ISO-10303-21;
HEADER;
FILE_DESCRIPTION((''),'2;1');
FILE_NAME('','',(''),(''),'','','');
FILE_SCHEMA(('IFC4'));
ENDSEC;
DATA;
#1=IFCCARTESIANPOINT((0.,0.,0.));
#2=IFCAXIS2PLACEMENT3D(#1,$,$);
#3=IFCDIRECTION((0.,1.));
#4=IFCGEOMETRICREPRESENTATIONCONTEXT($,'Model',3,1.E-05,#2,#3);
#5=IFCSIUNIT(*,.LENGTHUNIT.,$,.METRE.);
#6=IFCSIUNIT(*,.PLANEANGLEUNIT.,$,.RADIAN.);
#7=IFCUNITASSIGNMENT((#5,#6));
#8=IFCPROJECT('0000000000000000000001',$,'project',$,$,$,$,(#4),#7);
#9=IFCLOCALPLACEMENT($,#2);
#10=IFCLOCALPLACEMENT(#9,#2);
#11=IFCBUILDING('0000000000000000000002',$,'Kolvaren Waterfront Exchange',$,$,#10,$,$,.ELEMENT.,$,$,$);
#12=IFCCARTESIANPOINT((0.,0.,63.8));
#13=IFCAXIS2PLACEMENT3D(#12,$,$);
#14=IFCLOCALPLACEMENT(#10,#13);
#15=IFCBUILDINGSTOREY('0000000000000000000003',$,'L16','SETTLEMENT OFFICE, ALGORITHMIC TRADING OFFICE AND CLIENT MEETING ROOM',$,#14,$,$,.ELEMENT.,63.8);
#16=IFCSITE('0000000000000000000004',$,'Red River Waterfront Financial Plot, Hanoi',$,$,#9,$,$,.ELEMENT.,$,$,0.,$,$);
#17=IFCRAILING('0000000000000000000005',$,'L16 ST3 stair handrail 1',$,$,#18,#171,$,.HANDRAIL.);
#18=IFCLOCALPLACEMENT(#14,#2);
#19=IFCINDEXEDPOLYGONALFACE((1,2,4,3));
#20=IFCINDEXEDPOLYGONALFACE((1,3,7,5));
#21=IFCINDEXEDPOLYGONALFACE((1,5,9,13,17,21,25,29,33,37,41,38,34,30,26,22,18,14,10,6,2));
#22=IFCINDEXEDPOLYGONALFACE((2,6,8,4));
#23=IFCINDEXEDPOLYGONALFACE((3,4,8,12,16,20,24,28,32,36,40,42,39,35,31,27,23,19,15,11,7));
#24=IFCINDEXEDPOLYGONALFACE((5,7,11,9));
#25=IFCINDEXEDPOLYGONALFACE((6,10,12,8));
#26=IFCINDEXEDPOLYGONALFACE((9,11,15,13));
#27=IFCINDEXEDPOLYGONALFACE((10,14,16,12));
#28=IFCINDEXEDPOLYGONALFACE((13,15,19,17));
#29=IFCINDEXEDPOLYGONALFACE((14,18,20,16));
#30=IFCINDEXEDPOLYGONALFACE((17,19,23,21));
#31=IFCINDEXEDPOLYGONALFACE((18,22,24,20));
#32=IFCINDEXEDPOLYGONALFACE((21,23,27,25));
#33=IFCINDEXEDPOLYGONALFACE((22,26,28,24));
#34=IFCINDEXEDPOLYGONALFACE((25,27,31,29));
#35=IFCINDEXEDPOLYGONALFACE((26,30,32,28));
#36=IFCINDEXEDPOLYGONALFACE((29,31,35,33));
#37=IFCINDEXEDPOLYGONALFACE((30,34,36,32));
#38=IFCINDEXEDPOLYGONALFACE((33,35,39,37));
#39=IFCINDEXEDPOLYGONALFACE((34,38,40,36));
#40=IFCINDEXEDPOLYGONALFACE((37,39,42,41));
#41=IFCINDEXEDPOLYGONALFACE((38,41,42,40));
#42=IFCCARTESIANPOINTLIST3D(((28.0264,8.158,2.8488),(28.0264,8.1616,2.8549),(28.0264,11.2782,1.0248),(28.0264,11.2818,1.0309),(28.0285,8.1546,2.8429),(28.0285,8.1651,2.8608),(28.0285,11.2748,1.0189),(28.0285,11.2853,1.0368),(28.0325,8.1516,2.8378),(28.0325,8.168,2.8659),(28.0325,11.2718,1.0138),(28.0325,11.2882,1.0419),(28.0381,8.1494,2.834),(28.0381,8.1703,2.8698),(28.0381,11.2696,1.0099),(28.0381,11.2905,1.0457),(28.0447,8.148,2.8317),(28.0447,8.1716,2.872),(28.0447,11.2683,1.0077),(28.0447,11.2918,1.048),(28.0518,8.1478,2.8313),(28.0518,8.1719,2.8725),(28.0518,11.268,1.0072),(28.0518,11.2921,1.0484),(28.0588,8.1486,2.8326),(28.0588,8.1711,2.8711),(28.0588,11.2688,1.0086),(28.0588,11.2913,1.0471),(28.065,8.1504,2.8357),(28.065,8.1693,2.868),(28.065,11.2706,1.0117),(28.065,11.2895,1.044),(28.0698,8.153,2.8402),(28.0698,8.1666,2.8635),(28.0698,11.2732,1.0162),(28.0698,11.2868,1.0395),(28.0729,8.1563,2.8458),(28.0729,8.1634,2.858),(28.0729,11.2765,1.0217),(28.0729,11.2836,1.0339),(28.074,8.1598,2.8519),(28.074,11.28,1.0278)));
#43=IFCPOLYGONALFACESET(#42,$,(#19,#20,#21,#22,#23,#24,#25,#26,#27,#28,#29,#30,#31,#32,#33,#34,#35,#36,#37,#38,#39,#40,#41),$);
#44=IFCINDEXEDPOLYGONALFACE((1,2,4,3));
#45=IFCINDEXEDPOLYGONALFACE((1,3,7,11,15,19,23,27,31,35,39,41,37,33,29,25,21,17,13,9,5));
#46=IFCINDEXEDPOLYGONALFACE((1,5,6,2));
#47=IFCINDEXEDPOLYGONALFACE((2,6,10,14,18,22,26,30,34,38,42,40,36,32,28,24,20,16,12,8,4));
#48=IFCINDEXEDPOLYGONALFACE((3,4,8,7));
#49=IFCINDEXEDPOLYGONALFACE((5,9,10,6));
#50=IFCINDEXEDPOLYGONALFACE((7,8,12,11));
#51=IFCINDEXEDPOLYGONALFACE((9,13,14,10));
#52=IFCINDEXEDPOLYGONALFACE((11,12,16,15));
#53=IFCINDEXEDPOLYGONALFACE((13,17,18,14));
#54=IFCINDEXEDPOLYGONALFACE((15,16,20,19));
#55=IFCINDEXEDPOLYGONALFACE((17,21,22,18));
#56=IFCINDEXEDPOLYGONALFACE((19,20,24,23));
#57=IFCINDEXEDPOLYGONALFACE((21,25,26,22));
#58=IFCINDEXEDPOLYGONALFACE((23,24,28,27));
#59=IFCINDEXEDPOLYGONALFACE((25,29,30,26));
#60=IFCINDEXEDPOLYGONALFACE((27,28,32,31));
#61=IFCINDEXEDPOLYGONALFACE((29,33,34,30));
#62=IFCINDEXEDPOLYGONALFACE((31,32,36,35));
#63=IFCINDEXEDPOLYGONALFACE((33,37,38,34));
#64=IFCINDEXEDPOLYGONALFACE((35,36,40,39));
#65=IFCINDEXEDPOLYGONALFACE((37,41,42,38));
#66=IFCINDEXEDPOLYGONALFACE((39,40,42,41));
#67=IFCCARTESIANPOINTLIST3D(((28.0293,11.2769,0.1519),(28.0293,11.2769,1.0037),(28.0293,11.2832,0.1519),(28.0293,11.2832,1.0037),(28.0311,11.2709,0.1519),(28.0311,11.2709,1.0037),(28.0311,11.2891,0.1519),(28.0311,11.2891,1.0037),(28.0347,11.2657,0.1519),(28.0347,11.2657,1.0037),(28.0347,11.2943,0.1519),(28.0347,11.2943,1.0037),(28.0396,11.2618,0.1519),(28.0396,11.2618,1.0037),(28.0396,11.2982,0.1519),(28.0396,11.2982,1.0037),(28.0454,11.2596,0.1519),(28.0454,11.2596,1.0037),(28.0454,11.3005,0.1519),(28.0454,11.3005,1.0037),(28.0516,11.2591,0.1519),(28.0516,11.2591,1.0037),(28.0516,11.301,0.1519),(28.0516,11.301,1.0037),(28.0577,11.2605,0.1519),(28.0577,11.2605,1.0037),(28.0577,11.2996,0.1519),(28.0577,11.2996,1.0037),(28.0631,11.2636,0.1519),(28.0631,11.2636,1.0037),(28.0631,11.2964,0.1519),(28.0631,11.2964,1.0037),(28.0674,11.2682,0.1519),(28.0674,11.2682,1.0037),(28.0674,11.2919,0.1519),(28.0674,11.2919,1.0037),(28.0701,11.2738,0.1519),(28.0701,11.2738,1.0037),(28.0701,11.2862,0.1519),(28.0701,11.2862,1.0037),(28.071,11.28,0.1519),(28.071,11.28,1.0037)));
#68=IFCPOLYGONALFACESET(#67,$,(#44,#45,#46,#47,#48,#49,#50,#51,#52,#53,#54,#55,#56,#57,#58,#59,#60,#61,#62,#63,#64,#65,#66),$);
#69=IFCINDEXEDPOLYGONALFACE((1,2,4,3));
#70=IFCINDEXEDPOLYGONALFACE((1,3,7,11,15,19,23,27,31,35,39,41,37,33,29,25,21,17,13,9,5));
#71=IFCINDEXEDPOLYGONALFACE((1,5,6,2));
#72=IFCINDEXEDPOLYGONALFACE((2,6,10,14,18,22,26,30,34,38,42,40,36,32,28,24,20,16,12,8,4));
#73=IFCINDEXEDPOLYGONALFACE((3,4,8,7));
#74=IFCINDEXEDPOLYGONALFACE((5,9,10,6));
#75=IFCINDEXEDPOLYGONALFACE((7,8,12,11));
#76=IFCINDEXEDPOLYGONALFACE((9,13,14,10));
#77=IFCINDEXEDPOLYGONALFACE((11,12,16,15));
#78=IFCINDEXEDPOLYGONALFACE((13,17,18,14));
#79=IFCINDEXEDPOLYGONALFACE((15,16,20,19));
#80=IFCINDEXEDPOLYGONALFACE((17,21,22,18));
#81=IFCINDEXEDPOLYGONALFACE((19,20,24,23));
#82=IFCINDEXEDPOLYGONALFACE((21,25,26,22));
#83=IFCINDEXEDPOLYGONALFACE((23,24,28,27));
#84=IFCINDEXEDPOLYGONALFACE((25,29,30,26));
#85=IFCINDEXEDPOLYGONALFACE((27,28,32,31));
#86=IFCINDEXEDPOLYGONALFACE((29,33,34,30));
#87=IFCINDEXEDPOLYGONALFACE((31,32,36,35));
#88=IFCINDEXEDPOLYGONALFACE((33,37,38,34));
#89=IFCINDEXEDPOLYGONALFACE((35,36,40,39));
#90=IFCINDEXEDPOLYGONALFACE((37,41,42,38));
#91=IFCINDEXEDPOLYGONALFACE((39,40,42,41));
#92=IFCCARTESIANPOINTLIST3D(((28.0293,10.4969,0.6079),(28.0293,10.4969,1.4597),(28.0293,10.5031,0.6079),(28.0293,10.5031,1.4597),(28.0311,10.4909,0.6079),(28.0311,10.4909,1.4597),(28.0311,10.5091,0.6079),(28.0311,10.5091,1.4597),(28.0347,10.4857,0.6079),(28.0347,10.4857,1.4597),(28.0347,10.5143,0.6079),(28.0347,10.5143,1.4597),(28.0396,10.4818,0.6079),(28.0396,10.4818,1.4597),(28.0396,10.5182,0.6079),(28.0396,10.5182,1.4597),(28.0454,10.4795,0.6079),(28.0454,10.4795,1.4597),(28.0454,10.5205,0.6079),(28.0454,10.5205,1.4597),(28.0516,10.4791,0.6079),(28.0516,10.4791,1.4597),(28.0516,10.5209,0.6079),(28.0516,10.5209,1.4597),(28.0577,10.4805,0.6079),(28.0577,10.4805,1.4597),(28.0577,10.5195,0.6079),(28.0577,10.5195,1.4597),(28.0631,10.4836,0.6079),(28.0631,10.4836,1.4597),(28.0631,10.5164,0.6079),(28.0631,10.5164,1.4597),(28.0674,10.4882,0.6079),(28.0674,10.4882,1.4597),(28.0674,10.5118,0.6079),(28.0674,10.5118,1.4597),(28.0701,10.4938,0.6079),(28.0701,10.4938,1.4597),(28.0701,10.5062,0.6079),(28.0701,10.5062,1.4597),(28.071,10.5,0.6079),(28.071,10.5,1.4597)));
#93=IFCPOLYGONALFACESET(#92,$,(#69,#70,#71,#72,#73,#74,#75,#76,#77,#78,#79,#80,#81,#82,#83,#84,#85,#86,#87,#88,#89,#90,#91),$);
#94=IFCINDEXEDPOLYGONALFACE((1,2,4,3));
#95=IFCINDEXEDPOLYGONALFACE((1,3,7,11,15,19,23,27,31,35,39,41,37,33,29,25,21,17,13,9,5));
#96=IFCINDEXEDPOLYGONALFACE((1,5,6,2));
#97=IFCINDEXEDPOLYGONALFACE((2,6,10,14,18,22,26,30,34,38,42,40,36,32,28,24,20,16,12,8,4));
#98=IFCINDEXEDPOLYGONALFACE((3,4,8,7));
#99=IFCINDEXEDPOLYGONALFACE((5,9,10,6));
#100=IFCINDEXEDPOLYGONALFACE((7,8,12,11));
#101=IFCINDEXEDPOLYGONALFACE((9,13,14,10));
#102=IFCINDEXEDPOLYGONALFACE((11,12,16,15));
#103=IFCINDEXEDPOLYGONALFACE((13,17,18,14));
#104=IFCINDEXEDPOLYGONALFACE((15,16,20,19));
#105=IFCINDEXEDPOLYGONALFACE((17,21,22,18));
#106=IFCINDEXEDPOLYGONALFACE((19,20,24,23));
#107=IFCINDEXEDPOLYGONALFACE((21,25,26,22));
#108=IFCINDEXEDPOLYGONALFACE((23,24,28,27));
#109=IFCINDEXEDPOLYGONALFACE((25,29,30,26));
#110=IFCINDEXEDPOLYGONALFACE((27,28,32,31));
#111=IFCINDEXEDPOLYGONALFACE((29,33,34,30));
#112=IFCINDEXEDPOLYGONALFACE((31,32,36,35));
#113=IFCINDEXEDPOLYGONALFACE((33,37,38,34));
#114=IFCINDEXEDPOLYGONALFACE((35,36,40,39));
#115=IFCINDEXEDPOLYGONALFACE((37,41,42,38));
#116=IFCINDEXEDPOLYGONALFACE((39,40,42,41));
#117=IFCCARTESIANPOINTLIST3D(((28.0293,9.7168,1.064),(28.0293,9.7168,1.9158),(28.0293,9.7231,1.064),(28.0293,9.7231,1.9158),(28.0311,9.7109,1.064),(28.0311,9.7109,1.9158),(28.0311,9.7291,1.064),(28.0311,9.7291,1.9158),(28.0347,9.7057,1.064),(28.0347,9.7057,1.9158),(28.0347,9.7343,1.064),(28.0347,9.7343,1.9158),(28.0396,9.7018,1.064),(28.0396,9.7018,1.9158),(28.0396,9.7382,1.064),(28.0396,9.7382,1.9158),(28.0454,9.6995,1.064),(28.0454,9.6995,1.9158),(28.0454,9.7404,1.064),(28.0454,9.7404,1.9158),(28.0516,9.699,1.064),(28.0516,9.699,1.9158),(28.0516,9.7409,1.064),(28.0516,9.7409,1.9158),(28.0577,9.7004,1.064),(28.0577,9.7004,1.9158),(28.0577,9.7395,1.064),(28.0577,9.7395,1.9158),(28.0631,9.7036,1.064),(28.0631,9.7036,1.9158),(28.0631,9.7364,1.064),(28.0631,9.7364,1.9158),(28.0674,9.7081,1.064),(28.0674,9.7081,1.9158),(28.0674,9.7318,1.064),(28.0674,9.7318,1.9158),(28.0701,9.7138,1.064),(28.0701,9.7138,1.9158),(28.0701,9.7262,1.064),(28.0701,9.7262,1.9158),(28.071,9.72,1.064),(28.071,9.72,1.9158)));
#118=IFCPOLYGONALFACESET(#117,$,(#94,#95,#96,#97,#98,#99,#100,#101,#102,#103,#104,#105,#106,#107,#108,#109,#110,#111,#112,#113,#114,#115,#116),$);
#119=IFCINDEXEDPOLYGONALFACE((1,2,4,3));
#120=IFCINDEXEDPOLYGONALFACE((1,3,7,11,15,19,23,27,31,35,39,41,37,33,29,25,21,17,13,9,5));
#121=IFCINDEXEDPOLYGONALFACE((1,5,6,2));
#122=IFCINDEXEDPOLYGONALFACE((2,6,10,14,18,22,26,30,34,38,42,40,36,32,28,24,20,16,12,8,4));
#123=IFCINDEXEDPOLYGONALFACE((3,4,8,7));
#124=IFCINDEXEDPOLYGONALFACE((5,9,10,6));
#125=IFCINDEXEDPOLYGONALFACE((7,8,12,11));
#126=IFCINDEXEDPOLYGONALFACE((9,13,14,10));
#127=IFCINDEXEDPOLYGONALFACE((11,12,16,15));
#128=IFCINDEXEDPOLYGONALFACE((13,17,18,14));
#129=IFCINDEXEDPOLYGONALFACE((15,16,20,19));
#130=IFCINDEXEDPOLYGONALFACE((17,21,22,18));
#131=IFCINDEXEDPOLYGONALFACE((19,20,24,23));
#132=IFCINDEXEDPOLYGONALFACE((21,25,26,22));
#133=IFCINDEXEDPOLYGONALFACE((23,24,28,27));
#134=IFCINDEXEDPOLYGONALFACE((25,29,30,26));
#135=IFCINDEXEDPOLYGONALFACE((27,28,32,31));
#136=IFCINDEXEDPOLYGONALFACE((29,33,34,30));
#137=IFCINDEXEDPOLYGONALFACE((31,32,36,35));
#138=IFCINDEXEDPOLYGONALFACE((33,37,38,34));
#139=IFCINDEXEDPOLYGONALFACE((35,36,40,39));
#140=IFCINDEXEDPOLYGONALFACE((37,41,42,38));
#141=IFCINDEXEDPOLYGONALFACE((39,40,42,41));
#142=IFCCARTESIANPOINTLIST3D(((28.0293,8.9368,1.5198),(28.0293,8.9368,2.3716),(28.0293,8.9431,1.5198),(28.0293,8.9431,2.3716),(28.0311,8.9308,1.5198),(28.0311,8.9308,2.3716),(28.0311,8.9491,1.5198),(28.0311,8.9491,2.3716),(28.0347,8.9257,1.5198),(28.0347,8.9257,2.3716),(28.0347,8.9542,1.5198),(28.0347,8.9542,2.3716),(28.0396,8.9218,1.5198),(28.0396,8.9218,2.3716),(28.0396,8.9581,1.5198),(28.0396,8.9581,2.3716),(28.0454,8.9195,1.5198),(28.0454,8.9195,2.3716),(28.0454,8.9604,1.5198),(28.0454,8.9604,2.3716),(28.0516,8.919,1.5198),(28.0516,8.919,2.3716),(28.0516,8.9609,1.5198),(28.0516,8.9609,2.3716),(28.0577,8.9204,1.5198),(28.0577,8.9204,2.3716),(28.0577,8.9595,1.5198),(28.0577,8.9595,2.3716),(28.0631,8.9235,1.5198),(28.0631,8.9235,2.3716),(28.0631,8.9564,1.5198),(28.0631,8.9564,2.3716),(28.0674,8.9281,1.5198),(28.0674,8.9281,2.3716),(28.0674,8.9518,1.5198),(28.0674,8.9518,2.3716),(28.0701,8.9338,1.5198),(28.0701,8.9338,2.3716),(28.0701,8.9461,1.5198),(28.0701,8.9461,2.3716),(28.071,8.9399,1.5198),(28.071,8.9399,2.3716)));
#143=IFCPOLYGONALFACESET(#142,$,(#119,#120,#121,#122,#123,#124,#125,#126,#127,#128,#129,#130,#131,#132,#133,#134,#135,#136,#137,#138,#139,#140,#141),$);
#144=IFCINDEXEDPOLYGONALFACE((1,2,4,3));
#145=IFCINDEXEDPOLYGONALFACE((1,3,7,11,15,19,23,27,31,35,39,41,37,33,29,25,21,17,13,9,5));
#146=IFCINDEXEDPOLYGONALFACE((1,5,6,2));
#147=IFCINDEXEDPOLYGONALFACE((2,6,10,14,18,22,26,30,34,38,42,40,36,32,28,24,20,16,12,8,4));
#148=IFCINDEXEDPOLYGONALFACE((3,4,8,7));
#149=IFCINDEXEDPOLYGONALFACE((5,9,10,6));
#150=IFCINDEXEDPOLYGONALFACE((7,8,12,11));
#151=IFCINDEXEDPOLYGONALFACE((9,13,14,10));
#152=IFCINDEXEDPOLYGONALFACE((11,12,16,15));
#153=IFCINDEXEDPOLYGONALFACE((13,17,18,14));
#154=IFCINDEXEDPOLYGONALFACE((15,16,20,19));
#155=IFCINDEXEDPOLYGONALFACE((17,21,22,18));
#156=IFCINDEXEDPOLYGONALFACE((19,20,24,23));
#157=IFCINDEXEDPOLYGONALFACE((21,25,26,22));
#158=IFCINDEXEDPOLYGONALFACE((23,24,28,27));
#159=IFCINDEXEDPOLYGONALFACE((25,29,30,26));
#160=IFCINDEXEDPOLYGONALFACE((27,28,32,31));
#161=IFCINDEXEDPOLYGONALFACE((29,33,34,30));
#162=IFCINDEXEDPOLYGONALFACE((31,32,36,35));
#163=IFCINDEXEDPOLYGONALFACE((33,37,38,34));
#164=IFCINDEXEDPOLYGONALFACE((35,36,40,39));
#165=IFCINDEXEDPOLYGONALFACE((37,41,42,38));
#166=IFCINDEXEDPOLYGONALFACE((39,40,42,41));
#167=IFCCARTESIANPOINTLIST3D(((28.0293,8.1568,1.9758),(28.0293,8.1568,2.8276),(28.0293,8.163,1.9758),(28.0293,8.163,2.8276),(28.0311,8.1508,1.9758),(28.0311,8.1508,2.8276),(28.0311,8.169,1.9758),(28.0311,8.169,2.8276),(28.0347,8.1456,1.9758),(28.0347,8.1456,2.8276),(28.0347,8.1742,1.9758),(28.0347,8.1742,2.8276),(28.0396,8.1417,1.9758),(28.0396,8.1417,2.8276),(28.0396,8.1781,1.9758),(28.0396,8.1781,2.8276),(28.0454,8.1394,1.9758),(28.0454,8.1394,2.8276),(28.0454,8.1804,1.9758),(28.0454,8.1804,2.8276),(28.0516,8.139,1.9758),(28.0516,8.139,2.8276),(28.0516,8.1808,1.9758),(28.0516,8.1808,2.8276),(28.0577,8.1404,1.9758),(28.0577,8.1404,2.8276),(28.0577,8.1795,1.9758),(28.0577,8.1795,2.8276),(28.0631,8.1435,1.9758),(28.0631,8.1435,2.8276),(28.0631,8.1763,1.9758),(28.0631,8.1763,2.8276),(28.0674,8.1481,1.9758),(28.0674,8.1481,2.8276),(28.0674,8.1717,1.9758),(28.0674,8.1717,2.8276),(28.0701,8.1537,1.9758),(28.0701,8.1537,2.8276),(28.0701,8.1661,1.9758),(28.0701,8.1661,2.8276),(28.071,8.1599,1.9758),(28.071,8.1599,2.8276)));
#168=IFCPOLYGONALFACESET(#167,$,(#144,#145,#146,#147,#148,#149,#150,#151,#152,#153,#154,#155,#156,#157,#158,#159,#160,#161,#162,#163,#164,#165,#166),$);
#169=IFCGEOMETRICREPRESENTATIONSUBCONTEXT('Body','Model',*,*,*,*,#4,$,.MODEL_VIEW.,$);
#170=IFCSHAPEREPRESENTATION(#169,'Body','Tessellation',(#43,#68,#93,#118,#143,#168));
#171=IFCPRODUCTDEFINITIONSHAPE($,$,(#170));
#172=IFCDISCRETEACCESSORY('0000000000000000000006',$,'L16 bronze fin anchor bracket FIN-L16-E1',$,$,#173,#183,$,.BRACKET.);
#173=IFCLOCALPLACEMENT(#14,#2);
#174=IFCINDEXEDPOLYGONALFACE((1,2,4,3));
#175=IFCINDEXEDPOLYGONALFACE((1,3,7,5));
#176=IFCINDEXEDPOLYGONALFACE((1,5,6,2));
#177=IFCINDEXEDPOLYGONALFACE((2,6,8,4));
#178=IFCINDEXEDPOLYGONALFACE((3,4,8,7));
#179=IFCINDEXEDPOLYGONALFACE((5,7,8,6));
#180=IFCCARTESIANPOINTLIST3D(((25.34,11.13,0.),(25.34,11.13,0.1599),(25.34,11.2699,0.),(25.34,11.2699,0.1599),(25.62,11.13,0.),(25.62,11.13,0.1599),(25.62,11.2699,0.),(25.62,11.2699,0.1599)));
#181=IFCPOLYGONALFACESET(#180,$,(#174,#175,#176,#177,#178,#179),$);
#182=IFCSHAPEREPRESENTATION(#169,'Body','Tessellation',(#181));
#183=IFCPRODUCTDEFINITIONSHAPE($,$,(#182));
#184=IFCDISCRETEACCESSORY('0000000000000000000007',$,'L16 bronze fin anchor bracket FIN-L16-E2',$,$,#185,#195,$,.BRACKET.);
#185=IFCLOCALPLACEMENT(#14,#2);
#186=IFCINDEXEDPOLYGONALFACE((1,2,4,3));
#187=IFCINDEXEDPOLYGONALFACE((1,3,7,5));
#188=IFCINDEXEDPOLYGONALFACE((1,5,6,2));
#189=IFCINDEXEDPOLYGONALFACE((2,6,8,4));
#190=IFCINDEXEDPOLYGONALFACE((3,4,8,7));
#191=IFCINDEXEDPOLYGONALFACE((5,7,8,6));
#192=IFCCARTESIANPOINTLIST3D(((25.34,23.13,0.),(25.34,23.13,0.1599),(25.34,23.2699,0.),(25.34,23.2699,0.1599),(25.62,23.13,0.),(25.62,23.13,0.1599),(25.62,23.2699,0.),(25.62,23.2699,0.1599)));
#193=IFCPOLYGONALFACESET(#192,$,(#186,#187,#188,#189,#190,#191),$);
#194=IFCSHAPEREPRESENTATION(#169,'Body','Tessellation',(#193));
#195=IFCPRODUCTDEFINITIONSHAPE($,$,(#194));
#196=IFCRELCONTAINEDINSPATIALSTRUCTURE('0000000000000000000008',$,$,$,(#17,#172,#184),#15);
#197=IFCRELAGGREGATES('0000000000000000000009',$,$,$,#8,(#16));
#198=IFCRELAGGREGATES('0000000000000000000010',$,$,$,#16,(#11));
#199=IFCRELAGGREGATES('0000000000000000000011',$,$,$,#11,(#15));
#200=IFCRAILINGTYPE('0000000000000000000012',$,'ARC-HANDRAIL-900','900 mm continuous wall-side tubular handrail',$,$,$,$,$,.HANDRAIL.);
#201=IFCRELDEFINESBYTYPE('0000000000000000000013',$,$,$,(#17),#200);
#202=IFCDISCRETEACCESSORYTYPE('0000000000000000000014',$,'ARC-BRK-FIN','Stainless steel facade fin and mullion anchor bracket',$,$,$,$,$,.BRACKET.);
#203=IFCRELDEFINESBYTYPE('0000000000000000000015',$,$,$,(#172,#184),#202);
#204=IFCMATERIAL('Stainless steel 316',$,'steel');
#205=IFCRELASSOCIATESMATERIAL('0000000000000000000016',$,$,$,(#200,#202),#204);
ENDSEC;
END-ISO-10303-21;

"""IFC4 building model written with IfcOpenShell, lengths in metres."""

from ifc_helpers import new_model, si_unit, direction, frame, origin, origin_with_axes, origin_2d, place, context, subcontext, project, spatial, rectangle, circle, extrude, source, transform, mapped, material, type_object, element, save


model = new_model("IFC4")

# Units and contexts
model_context = context("Model", 3, precision=1e-05, world=origin(), true_north=direction((0.0, 1.0)))
body_context = subcontext(model_context, "Body", "Model", "MODEL_VIEW")
ifc_project = project(units=[si_unit("LENGTHUNIT", "METRE"), si_unit("PLANEANGLEUNIT", "RADIAN")], contexts=[model_context])

# Site, building, storey
site_placement = place(None, origin())
site = spatial("IfcSite", under=ifc_project, at=site_placement, Name="Red River Waterfront Financial Plot, Hanoi", CompositionType="ELEMENT", RefElevation=0.0)
building_placement = place(site_placement, origin())
building = spatial("IfcBuilding", under=site, at=building_placement, Name="Kolvaren Waterfront Exchange", CompositionType="ELEMENT")
storey_placement = place(building_placement, frame((0.0, 0.0, 63.8)))
storey = spatial("IfcBuildingStorey", under=building, at=storey_placement, Name="L16", Description="SETTLEMENT OFFICE, ALGORITHMIC TRADING OFFICE AND CLIENT MEETING ROOM", CompositionType="ELEMENT", Elevation=63.8)

# Railing
ifc_material_1 = material(Name="Stainless steel 316", Category="steel")
railing_type = type_object("IfcRailingType", Name="ARC-HANDRAIL-900", Description="900 mm continuous wall-side tubular handrail", PredefinedType="HANDRAIL", material=ifc_material_1)
railing_1_placement = place(storey_placement, frame((28.05, 11.28, 0.1519)))
element("IfcRailing", 1, at=railing_1_placement, inside=storey, type_object=railing_type, Name="L16 ST3 stair handrail 1", PredefinedType="HANDRAIL", context=body_context, shape_type="SweptSolid", body=[
    extrude(circle(Radius=0.0239, at=origin_2d()), frame((0.0, 0.0, 0.876), z_axis=(0.0, -0.863308, 0.504677), x_axis=(1.0, 0.0, 0.0)), (0.0, 0.0, 1.0), 3.6143),
    extrude(circle(Radius=0.021, at=origin_2d()), origin(), (0.0, 0.0, 1.0), 0.8518),
    extrude(circle(Radius=0.021, at=origin_2d()), frame((0.0, -0.78, 0.4561)), (0.0, 0.0, 1.0), 0.8518),
    extrude(circle(Radius=0.021, at=origin_2d()), frame((0.0, -1.5601, 0.9121)), (0.0, 0.0, 1.0), 0.8518),
    extrude(circle(Radius=0.021, at=origin_2d()), frame((0.0, -2.3401, 1.3679)), (0.0, 0.0, 1.0), 0.8518),
    extrude(circle(Radius=0.021, at=origin_2d()), frame((0.0, -3.1201, 1.824)), (0.0, 0.0, 1.0), 0.8518),
])

# Discrete accessories
discrete_accessory_type = type_object("IfcDiscreteAccessoryType", Name="ARC-BRK-FIN", Description="Stainless steel facade fin and mullion anchor bracket", PredefinedType="BRACKET", material=ifc_material_1)
shared_shape = source(origin_with_axes(), body_context, "Body", "SweptSolid", [
    extrude(rectangle(XDim=0.28, YDim=0.1399, at=origin_2d()), origin(), (0.0, 0.0, 1.0), 0.1599),
])
for number, where, z_axis, x_axis, name in (
    (2, (25.48, 11.2, 0.0), (0.0, 0.0, 1.0), (1.0, 0.0, 0.0), "L16 bronze fin anchor bracket FIN-L16-E1"),
    (3, (25.48, 23.2, 0.0), (0.0, 0.0, 1.0), (1.0, 0.0, 0.0), "L16 bronze fin anchor bracket FIN-L16-E2"),
):
    element("IfcDiscreteAccessory", number, at=place(storey_placement, frame(where, z_axis=z_axis, x_axis=x_axis)), inside=storey, type_object=discrete_accessory_type, Name=name, PredefinedType="BRACKET", context=body_context, shape_type="MappedRepresentation", body=[
        mapped(shared_shape, transform((0.0, 0.0, 0.0), x_axis=(1.0, 0.0, 0.0), y_axis=(0.0, 1.0, 0.0), z_axis=(0.0, 0.0, 1.0), scale=1.0)),
    ])

save(model, "model.ifc")
